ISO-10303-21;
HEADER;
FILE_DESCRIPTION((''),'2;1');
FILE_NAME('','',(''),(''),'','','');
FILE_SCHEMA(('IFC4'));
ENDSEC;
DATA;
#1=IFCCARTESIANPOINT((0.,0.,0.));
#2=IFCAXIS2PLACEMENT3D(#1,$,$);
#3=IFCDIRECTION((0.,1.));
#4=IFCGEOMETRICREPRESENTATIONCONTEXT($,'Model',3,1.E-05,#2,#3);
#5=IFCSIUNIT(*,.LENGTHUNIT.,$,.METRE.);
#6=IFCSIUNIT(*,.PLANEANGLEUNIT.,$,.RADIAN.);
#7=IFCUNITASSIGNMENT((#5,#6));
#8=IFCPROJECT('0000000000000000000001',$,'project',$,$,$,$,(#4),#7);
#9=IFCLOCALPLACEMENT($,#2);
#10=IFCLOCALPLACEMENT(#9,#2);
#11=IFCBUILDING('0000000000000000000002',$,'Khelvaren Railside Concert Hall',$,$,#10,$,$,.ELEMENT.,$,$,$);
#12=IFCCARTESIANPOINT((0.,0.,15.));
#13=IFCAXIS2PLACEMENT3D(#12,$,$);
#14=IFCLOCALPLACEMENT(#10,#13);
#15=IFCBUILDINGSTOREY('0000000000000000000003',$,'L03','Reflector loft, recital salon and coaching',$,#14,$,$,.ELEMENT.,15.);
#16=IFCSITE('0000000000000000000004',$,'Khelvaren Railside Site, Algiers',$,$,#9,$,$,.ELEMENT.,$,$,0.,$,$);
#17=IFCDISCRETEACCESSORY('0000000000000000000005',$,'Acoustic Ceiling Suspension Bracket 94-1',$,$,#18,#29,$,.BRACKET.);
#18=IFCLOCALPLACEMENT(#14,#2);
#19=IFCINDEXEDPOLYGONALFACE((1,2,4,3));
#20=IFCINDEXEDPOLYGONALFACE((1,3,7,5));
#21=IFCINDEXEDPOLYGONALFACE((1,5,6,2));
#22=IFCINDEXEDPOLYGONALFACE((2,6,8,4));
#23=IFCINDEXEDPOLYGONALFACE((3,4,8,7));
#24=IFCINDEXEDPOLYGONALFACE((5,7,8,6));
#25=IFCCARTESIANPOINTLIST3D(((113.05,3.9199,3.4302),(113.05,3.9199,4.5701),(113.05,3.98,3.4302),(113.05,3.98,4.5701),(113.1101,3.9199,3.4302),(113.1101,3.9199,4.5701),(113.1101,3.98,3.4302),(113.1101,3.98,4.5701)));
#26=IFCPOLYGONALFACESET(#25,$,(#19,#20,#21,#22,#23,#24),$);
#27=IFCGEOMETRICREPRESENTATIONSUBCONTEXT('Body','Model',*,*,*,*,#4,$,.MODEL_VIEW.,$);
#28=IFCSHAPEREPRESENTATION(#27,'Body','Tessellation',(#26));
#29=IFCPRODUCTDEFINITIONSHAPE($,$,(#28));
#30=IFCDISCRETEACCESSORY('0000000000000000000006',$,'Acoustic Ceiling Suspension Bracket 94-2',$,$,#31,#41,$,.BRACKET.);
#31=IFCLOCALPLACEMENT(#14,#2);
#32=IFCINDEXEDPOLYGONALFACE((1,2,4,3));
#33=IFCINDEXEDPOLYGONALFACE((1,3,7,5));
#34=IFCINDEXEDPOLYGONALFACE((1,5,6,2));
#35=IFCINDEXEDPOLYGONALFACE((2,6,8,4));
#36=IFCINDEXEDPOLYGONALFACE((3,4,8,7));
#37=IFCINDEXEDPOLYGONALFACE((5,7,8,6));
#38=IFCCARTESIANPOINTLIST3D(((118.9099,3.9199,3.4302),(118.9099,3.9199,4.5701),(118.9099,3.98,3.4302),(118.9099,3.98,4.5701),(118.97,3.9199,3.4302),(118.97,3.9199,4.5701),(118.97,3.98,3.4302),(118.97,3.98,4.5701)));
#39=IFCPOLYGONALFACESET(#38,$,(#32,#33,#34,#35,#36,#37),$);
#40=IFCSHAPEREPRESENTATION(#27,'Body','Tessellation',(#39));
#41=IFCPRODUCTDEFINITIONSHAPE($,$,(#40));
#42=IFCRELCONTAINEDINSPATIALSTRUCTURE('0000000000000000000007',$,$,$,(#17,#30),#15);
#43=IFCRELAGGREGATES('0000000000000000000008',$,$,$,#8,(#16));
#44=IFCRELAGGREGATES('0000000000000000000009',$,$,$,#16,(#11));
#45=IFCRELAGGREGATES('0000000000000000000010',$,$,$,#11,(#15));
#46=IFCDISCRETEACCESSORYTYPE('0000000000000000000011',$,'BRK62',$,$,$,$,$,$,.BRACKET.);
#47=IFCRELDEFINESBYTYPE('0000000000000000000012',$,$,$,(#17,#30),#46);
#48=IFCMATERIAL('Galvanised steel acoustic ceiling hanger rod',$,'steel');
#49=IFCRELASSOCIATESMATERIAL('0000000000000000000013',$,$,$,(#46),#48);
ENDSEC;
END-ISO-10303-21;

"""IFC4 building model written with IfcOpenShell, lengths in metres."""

from ifc_helpers import new_model, si_unit, direction, frame, origin, origin_2d, place, context, subcontext, project, spatial, rectangle, extrude, material, type_object, element, save


model = new_model("IFC4")

# Units and contexts
model_context = context("Model", 3, precision=1e-05, world=origin(), true_north=direction((0.0, 1.0)))
body_context = subcontext(model_context, "Body", "Model", "MODEL_VIEW")
ifc_project = project(units=[si_unit("LENGTHUNIT", "METRE"), si_unit("PLANEANGLEUNIT", "RADIAN")], contexts=[model_context])

# Site, building, storey
site_placement = place(None, origin())
site = spatial("IfcSite", under=ifc_project, at=site_placement, Name="Khelvaren Railside Site, Algiers", CompositionType="ELEMENT", RefElevation=0.0)
building_placement = place(site_placement, origin())
building = spatial("IfcBuilding", under=site, at=building_placement, Name="Khelvaren Railside Concert Hall", CompositionType="ELEMENT")
storey_placement = place(building_placement, frame((0.0, 0.0, 15.0)))
storey = spatial("IfcBuildingStorey", under=building, at=storey_placement, Name="L03", Description="Reflector loft, recital salon and coaching", CompositionType="ELEMENT", Elevation=15.0)

# Discrete accessories
ifc_material_1 = material(Name="Galvanised steel acoustic ceiling hanger rod", Category="steel")
discrete_accessory_type = type_object("IfcDiscreteAccessoryType", Name="BRK62", PredefinedType="BRACKET", material=ifc_material_1)
for number, where, z_axis, x_axis, name in (
    (1, (113.0801, 3.95, 3.4302), (0.0, 0.0, 1.0), (1.0, 0.0, 0.0), "Acoustic Ceiling Suspension Bracket 94-1"),
    (2, (118.9399, 3.95, 3.4302), (0.0, 0.0, 1.0), (1.0, 0.0, 0.0), "Acoustic Ceiling Suspension Bracket 94-2"),
):
    element("IfcDiscreteAccessory", number, at=place(storey_placement, frame(where, z_axis=z_axis, x_axis=x_axis)), inside=storey, type_object=discrete_accessory_type, Name=name, PredefinedType="BRACKET", context=body_context, shape_type="SweptSolid", body=[
        extrude(rectangle(XDim=0.0601, YDim=0.0601, at=origin_2d()), origin(), (0.0, 0.0, 1.0), 1.1399),
    ])

save(model, "model.ifc")
